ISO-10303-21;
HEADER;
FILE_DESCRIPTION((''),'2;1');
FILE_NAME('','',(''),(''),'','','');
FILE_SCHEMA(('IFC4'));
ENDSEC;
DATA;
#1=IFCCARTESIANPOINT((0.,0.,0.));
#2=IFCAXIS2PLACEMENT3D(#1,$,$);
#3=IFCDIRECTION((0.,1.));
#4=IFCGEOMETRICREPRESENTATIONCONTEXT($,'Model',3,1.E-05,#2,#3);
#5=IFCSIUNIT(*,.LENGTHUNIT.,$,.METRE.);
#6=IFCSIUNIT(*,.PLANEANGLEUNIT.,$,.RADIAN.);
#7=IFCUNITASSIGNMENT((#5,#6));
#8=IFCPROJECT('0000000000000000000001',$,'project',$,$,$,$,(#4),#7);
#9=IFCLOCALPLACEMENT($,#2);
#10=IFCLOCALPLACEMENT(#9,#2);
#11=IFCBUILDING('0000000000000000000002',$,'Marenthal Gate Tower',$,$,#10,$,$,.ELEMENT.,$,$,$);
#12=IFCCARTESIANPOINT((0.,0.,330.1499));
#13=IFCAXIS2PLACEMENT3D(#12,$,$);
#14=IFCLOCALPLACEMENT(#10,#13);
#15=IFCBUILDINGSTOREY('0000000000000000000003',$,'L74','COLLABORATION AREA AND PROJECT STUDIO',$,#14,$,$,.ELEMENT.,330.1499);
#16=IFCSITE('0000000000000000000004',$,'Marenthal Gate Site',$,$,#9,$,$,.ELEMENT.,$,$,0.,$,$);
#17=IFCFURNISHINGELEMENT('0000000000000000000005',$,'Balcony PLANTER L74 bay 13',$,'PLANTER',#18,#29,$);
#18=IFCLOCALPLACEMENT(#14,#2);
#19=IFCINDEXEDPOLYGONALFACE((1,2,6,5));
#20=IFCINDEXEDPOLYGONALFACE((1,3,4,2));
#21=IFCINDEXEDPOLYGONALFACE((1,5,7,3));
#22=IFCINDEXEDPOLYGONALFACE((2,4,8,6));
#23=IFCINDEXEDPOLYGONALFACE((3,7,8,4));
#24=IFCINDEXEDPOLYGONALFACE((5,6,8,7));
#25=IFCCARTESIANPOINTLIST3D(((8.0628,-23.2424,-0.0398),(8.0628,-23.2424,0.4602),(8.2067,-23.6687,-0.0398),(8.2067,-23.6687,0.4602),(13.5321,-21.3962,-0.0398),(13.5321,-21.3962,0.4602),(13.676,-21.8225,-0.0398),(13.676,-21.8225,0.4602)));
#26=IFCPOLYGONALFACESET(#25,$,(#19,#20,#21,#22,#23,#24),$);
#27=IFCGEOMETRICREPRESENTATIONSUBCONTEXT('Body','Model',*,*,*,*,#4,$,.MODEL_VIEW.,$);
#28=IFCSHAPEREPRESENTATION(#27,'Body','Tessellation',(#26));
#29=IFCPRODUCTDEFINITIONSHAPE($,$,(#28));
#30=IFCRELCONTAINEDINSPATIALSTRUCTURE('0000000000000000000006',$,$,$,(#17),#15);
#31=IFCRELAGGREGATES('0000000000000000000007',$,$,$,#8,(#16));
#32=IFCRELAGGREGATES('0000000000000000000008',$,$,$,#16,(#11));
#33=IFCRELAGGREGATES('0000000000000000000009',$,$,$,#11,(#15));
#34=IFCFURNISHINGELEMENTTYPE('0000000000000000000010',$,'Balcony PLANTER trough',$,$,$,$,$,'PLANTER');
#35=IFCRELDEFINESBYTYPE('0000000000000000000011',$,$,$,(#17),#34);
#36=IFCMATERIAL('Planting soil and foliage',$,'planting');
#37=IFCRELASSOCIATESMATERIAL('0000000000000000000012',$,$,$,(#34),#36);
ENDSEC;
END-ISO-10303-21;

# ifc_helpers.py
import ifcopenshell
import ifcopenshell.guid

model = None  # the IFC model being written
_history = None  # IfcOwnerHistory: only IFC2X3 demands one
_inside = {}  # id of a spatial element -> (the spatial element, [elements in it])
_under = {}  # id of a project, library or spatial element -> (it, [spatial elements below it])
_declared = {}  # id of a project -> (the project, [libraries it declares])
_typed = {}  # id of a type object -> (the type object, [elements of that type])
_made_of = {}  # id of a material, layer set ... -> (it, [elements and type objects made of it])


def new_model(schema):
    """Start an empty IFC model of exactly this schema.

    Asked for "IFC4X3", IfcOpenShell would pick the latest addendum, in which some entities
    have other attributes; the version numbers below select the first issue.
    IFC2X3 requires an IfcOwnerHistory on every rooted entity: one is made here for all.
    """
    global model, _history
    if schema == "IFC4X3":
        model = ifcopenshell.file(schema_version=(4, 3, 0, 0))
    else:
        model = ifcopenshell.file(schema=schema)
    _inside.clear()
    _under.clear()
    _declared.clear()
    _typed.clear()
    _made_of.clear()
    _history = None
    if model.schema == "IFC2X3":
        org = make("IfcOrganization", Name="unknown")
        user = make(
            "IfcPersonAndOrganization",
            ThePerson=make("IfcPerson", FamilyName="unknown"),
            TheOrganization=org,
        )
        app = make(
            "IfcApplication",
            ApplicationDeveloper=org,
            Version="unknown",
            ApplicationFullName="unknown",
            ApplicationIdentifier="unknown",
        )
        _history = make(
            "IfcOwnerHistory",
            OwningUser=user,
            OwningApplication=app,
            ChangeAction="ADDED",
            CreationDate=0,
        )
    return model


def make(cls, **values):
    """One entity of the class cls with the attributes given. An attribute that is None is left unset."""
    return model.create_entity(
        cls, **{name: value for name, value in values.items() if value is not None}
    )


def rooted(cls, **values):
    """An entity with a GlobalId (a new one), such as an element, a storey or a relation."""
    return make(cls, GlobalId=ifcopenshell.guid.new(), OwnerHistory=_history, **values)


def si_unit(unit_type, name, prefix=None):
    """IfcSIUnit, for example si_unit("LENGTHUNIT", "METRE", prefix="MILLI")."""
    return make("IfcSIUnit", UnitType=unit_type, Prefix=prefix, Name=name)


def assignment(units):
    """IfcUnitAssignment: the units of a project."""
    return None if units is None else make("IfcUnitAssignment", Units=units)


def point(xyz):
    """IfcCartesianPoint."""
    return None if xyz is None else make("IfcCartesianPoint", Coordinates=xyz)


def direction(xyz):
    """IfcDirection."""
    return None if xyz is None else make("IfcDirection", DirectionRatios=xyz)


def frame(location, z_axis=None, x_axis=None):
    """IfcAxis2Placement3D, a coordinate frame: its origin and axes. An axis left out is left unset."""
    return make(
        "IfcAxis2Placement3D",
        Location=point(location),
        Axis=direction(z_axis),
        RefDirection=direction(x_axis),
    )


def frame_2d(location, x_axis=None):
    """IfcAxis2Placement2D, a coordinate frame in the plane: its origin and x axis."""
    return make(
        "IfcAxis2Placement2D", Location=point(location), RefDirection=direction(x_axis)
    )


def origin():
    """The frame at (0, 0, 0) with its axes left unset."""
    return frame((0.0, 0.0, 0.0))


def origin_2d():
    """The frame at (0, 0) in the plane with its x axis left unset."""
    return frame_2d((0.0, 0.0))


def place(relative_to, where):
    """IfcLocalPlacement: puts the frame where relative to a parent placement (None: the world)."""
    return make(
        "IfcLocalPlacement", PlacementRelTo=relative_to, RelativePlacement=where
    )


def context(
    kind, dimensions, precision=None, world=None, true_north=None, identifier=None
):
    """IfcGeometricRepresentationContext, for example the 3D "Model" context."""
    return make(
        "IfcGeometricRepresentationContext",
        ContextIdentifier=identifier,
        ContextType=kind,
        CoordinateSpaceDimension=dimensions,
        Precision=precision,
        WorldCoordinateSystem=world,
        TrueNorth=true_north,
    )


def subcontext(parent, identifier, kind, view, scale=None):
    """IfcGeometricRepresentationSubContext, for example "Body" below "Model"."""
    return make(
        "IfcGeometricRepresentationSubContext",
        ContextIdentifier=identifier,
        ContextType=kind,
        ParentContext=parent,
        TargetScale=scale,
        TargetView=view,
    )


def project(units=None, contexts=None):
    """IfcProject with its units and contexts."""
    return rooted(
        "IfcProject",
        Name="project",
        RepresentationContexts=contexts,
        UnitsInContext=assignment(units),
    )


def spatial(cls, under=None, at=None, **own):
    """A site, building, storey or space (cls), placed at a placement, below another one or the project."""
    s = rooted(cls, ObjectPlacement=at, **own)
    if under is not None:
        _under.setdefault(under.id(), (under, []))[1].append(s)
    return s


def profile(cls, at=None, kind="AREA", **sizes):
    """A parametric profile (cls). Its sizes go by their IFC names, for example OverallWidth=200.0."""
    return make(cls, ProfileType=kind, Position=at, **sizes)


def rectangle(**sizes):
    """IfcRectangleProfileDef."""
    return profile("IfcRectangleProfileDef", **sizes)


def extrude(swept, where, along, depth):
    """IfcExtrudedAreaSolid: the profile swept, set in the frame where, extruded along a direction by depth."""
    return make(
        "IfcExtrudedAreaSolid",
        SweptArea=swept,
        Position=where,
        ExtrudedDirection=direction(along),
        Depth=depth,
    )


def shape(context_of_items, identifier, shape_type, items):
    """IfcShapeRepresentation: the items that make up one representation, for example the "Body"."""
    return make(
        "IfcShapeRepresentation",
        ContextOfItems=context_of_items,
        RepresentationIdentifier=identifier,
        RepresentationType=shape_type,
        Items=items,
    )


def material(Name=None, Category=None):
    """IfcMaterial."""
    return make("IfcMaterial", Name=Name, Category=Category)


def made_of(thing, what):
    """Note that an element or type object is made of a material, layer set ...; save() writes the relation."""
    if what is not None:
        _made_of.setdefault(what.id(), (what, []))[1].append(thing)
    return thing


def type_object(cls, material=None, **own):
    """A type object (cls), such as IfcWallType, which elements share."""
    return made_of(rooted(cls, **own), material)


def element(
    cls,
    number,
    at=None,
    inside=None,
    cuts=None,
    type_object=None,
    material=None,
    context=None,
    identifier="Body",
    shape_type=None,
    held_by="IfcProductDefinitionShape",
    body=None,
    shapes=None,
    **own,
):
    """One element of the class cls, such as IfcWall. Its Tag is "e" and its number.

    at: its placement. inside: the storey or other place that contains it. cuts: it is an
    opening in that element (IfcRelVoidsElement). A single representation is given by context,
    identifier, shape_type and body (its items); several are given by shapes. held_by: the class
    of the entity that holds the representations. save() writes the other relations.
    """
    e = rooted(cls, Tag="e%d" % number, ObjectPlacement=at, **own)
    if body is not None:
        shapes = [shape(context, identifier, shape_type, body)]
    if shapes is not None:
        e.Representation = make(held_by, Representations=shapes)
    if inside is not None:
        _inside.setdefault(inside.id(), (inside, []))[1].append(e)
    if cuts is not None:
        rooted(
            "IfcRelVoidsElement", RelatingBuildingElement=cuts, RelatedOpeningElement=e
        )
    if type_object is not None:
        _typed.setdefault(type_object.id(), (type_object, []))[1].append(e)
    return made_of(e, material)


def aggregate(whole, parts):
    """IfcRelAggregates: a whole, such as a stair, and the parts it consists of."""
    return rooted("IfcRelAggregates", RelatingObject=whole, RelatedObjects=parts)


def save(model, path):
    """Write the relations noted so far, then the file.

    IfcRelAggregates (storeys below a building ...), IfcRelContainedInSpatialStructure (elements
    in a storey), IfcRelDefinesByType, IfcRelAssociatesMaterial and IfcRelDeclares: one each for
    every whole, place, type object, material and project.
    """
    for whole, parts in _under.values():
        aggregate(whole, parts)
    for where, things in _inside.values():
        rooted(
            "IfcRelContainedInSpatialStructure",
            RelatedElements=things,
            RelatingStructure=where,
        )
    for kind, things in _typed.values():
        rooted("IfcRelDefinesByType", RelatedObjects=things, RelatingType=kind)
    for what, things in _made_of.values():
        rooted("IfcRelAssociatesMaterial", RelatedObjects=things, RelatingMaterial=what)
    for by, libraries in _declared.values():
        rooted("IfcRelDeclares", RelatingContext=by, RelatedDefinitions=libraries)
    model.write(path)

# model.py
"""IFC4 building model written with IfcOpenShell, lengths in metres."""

from ifc_helpers import new_model, si_unit, direction, frame, origin, origin_2d, place, context, subcontext, project, spatial, rectangle, extrude, material, type_object, element, save


model = new_model("IFC4")

# Units and contexts
model_context = context("Model", 3, precision=1e-05, world=origin(), true_north=direction((0.0, 1.0)))
body_context = subcontext(model_context, "Body", "Model", "MODEL_VIEW")
ifc_project = project(units=[si_unit("LENGTHUNIT", "METRE"), si_unit("PLANEANGLEUNIT", "RADIAN")], contexts=[model_context])

# Site, building, storey
site_placement = place(None, origin())
site = spatial("IfcSite", under=ifc_project, at=site_placement, Name="Marenthal Gate Site", CompositionType="ELEMENT", RefElevation=0.0)
building_placement = place(site_placement, origin())
building = spatial("IfcBuilding", under=site, at=building_placement, Name="Marenthal Gate Tower", CompositionType="ELEMENT")
storey_placement = place(building_placement, frame((0.0, 0.0, 330.1499)))
storey = spatial("IfcBuildingStorey", under=building, at=storey_placement, Name="L74", Description="COLLABORATION AREA AND PROJECT STUDIO", CompositionType="ELEMENT", Elevation=330.1499)

# Furnishing element
ifc_material_1 = material(Name="Planting soil and foliage", Category="planting")
furnishing_element_type = type_object("IfcFurnishingElementType", Name="Balcony PLANTER trough", ElementType="PLANTER", material=ifc_material_1)
furnishing_placement = place(storey_placement, frame((10.8694, -22.5325, -0.0398), z_axis=(0.0, 0.0, 1.0), x_axis=(0.947473, 0.319835, 0.0)))
element("IfcFurnishingElement", 1, at=furnishing_placement, inside=storey, type_object=furnishing_element_type, Name="Balcony PLANTER L74 bay 13", ObjectType="PLANTER", context=body_context, shape_type="SweptSolid", body=[
    extrude(rectangle(XDim=5.7725, YDim=0.45, at=origin_2d()), origin(), (0.0, 0.0, 1.0), 0.5),
])

save(model, "model.ifc")
